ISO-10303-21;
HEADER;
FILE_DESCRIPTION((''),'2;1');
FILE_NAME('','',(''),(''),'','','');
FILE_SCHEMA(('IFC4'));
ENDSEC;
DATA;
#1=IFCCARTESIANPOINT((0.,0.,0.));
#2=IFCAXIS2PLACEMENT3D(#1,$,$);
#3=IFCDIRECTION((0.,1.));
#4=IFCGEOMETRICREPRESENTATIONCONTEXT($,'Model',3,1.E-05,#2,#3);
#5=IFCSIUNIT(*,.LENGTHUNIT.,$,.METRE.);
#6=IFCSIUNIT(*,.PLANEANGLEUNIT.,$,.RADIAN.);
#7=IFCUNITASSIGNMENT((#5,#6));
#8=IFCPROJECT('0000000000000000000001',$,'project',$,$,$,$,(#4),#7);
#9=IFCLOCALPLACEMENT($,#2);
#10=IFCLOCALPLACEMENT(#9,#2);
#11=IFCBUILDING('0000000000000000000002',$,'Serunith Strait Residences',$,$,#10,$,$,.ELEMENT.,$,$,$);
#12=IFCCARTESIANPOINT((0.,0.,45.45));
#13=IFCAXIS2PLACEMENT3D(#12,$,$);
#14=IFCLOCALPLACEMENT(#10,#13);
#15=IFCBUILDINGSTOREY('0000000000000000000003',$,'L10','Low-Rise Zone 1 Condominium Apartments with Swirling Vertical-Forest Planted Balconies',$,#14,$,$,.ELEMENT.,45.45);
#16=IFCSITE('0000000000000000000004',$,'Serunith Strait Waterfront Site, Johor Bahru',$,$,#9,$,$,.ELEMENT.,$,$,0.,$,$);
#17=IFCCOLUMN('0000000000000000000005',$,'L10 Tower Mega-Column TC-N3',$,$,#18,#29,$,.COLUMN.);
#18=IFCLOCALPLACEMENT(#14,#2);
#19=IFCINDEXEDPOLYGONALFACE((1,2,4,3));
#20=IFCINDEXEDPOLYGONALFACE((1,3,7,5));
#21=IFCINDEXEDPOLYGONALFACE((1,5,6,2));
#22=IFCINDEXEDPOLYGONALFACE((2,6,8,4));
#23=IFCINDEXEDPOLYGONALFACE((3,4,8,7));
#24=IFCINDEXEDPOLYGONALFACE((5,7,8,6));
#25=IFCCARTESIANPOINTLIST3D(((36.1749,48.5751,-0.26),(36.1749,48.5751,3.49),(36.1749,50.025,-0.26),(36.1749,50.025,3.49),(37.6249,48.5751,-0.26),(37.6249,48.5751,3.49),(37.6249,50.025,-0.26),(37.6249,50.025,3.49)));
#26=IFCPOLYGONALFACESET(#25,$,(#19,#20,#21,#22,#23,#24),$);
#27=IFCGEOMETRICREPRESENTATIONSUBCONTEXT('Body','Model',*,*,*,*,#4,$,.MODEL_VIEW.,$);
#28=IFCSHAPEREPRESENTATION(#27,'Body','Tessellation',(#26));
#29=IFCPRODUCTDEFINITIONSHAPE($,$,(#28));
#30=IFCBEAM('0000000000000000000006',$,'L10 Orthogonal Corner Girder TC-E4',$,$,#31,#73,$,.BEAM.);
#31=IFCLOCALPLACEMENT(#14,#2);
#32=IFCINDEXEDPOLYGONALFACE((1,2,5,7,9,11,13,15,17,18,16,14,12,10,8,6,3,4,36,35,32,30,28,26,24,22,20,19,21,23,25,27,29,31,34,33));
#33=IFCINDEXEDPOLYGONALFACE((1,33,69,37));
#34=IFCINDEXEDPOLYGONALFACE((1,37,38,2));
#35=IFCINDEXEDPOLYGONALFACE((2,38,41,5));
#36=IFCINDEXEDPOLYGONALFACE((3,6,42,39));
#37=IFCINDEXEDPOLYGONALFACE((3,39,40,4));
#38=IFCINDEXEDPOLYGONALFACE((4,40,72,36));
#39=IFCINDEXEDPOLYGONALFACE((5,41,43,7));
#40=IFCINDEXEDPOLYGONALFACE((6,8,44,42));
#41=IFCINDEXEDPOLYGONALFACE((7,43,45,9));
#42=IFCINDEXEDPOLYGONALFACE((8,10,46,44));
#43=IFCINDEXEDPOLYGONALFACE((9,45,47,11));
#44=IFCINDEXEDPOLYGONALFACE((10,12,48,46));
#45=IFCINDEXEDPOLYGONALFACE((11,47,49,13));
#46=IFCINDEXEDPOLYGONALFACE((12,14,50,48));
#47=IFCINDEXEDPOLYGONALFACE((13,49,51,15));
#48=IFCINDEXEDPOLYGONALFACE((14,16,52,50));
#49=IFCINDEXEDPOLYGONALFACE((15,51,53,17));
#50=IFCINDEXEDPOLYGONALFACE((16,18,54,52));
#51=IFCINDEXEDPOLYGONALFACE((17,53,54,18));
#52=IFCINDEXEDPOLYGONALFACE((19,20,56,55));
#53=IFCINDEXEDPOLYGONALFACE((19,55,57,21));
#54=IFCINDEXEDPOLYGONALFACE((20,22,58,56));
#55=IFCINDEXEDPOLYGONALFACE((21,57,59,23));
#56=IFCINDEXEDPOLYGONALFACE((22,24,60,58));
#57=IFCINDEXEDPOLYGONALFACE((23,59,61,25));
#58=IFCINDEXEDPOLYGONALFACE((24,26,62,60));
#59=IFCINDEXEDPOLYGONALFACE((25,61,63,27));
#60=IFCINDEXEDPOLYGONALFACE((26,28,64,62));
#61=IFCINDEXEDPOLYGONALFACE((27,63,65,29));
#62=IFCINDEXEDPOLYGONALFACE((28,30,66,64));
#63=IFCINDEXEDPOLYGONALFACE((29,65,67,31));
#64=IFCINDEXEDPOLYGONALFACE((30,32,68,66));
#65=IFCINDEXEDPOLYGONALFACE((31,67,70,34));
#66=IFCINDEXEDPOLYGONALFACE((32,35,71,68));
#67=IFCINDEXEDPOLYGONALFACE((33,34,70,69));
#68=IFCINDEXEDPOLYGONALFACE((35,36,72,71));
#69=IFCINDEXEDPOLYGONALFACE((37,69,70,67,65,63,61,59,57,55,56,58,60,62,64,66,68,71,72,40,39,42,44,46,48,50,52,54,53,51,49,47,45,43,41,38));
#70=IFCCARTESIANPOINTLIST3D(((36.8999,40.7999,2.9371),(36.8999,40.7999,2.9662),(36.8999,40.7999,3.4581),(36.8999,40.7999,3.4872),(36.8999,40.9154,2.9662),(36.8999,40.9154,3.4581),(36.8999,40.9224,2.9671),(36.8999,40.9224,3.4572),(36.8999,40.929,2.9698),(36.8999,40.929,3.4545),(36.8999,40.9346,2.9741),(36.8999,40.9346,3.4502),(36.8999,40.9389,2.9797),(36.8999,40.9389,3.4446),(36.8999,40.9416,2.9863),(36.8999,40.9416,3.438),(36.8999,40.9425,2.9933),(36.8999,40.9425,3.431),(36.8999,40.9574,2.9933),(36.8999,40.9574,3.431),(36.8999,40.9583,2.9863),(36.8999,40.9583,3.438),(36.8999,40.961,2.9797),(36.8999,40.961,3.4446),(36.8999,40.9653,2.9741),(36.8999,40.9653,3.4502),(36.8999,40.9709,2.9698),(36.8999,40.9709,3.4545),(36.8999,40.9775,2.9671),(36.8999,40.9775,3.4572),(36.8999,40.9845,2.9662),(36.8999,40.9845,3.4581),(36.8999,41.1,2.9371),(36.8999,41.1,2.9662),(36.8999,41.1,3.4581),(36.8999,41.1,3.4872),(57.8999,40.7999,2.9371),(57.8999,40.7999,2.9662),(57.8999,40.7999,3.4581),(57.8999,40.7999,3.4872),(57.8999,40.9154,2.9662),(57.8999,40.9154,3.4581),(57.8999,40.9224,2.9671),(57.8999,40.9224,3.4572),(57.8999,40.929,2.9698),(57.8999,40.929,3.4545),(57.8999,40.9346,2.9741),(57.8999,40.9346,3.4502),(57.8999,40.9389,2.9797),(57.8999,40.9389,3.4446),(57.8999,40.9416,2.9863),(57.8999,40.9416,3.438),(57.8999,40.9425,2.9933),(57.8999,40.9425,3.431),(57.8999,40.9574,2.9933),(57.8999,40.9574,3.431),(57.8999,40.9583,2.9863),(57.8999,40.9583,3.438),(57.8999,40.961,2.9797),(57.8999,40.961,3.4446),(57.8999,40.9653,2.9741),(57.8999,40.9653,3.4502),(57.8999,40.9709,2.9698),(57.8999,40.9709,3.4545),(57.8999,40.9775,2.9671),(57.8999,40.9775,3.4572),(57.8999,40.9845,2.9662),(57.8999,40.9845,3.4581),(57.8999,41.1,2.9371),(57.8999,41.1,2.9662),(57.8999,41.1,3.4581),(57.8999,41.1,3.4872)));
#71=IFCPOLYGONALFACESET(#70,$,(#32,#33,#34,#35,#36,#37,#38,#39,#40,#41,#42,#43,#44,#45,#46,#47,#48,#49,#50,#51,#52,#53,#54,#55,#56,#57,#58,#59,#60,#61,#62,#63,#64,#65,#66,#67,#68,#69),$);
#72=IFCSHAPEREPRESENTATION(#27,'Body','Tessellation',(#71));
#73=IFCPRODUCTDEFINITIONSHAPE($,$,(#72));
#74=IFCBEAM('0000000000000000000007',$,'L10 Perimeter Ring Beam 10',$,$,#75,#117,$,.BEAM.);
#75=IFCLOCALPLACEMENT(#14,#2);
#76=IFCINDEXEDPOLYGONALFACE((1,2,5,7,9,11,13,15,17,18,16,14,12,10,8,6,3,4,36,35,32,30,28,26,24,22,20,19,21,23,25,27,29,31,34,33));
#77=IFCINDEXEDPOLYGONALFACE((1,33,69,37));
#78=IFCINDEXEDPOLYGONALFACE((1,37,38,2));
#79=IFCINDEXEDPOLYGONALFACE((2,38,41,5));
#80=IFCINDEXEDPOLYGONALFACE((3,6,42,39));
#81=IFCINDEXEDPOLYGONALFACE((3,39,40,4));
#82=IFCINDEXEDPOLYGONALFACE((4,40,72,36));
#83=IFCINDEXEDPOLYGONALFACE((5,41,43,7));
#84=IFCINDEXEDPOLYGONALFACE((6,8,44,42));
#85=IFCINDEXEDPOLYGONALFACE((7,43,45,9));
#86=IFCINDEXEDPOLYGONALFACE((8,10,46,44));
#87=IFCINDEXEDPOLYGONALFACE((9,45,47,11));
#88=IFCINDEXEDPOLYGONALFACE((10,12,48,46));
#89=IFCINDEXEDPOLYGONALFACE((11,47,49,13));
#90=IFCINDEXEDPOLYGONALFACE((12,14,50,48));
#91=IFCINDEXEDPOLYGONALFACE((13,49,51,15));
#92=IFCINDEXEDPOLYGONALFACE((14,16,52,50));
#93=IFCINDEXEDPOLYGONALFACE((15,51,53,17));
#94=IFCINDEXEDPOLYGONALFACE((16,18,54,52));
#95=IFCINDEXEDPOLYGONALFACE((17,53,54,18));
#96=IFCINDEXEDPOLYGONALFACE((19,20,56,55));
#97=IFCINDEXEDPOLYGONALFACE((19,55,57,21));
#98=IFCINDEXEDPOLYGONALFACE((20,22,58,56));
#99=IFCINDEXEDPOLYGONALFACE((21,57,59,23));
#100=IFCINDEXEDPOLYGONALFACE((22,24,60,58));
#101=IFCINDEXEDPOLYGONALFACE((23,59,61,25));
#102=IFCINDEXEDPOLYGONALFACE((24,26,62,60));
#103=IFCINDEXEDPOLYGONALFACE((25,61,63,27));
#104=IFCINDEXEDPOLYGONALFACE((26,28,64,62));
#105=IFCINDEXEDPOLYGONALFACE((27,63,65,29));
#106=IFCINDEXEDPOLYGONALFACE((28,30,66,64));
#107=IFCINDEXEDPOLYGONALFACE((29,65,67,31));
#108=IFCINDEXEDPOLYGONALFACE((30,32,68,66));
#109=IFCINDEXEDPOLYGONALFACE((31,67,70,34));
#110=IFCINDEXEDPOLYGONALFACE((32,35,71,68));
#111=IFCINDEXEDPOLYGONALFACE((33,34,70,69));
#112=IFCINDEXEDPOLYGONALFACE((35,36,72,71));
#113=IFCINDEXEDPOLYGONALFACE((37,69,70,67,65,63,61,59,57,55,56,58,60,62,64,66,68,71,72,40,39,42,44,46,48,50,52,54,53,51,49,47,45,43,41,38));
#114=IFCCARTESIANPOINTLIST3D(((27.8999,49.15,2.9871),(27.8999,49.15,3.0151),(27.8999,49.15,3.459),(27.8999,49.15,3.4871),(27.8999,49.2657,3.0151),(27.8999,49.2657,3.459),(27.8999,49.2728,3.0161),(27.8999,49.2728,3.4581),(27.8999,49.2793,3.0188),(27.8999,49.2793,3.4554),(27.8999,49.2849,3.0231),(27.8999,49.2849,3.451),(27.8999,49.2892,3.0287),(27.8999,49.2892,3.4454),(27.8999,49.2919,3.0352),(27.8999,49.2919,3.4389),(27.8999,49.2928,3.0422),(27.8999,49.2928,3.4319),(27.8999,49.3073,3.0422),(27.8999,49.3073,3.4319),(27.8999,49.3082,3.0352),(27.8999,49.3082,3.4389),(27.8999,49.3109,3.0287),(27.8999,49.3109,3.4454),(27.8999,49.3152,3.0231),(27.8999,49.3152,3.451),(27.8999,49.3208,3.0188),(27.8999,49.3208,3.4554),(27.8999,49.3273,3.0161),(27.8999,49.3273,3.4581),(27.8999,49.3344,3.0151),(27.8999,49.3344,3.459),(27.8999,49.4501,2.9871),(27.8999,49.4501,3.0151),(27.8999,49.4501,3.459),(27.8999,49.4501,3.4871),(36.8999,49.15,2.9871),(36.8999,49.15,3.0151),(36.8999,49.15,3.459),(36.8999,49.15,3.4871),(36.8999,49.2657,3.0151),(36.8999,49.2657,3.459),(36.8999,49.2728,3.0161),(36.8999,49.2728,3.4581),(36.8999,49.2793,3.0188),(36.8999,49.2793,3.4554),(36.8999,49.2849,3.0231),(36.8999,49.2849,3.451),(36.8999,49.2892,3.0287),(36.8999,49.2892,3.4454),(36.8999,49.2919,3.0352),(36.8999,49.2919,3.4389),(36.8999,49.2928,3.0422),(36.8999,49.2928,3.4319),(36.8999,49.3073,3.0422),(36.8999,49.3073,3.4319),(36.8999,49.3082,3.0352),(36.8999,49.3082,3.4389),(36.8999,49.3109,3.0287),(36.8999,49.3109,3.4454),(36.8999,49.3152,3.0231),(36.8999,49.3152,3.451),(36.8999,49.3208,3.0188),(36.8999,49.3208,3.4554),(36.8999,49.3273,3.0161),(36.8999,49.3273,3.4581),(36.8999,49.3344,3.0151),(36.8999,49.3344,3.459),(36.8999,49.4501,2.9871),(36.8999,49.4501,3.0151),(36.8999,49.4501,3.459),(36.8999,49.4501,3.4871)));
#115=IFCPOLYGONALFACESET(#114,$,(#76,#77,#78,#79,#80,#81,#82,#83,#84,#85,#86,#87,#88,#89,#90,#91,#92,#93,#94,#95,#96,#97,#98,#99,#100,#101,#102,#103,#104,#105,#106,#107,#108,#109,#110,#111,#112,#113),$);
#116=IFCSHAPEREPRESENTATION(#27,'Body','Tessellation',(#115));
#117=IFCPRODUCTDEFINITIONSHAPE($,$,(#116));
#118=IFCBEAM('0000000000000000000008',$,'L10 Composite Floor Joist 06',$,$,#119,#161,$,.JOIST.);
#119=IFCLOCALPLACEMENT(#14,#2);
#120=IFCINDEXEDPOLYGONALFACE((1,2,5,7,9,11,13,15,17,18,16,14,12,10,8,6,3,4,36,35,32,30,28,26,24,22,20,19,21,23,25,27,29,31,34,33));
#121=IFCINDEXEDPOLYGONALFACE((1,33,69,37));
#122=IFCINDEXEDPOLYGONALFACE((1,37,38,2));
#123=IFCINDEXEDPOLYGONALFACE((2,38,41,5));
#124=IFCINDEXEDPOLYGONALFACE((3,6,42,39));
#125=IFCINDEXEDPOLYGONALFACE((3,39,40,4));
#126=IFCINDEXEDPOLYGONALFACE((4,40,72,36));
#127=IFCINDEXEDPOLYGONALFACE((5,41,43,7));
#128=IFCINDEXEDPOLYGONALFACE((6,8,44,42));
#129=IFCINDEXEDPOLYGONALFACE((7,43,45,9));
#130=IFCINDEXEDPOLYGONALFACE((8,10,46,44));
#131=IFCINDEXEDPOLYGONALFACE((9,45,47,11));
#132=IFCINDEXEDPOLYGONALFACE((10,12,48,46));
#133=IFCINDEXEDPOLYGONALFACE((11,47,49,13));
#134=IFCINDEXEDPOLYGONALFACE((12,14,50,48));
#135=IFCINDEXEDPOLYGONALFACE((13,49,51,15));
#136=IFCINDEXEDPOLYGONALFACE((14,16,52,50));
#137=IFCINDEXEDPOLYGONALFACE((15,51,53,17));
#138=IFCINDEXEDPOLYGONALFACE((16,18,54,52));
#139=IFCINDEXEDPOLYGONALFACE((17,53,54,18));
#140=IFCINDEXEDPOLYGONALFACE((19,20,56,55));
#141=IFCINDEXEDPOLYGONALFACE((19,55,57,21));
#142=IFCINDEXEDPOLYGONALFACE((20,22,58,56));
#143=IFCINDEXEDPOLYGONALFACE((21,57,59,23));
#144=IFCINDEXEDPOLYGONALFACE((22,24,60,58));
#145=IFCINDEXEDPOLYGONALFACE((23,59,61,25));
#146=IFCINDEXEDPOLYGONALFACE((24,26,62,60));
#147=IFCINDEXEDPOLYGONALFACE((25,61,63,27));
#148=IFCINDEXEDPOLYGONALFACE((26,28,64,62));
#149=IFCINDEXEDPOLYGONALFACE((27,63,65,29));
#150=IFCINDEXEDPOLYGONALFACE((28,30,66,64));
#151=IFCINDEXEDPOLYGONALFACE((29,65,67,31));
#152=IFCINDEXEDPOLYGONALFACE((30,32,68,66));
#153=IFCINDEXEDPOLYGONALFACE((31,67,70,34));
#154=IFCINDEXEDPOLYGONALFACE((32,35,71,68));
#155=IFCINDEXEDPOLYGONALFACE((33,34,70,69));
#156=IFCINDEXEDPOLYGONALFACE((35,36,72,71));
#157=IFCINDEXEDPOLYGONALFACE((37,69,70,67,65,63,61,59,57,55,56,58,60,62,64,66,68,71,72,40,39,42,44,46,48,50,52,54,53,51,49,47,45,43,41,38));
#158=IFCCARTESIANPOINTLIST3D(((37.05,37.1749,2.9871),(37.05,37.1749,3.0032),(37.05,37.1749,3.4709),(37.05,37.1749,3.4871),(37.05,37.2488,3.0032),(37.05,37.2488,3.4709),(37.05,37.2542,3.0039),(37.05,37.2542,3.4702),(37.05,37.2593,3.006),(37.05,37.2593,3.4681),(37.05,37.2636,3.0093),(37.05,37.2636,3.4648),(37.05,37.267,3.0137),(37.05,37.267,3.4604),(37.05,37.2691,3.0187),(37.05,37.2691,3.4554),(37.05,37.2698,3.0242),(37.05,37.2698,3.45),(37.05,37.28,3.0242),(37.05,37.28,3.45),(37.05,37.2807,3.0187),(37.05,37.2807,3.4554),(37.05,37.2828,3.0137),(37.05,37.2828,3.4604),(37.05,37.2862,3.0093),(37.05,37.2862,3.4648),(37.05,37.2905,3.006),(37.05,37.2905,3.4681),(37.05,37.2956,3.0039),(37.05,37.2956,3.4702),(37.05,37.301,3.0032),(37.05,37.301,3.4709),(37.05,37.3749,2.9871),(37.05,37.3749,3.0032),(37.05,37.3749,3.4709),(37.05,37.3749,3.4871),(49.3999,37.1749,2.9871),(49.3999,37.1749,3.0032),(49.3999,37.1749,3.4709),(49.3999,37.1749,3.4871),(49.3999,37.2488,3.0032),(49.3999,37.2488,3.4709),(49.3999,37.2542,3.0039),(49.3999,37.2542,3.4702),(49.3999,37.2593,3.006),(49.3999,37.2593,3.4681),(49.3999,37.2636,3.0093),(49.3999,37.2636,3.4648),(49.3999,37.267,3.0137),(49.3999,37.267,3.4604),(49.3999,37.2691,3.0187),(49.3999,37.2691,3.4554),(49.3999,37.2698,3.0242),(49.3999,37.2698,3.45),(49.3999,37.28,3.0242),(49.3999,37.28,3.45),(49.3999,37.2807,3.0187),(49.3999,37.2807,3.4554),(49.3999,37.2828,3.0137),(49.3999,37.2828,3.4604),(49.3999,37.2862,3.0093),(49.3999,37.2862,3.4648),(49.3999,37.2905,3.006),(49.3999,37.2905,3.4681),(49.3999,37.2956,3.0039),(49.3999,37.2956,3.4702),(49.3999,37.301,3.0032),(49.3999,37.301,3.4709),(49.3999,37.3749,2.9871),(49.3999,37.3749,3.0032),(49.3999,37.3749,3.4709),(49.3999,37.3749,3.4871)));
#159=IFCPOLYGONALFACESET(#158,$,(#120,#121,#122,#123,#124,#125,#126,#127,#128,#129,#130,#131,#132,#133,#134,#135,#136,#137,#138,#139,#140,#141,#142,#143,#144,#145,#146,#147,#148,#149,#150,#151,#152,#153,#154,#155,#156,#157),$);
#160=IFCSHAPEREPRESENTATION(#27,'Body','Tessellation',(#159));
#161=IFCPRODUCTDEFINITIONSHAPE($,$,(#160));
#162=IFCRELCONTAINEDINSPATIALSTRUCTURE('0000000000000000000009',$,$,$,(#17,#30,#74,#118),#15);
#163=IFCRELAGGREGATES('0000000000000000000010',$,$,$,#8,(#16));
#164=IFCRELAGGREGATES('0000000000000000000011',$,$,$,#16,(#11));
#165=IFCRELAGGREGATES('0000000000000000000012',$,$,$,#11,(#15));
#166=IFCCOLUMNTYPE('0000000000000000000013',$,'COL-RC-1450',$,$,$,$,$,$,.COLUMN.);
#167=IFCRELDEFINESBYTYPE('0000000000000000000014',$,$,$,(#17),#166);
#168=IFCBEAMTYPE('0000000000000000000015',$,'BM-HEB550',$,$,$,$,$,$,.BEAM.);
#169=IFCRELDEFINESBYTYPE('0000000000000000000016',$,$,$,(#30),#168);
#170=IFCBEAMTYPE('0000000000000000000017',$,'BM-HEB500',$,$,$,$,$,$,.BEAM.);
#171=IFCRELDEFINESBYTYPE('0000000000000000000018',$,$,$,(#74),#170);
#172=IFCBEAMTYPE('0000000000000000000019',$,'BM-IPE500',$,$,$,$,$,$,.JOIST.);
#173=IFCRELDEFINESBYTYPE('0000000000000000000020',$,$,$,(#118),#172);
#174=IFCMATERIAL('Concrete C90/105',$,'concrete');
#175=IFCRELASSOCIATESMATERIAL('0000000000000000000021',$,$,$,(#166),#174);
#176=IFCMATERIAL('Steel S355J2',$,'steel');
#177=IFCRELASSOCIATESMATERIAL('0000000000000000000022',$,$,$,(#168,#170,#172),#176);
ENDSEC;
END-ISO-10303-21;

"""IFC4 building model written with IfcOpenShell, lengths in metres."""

from ifc_helpers import new_model, si_unit, direction, frame, origin, origin_2d, place, context, subcontext, project, spatial, rectangle, i_section, extrude, source, transform, mapped, material, material_profile, profile_set, type_object, element, save


model = new_model("IFC4")

# Units and contexts
model_context = context("Model", 3, precision=1e-05, world=origin(), true_north=direction((0.0, 1.0)))
body_context = subcontext(model_context, "Body", "Model", "MODEL_VIEW")
ifc_project = project(units=[si_unit("LENGTHUNIT", "METRE"), si_unit("PLANEANGLEUNIT", "RADIAN")], contexts=[model_context])

# Site, building, storey
site_placement = place(None, origin())
site = spatial("IfcSite", under=ifc_project, at=site_placement, Name="Serunith Strait Waterfront Site, Johor Bahru", CompositionType="ELEMENT", RefElevation=0.0)
building_placement = place(site_placement, origin())
building = spatial("IfcBuilding", under=site, at=building_placement, Name="Serunith Strait Residences", CompositionType="ELEMENT")
storey_placement = place(building_placement, frame((0.0, 0.0, 45.45)))
storey = spatial("IfcBuildingStorey", under=building, at=storey_placement, Name="L10", Description="Low-Rise Zone 1 Condominium Apartments with Swirling Vertical-Forest Planted Balconies", CompositionType="ELEMENT", Elevation=45.45)

# Column
ifc_material_1 = material(Name="Concrete C90/105", Category="concrete")
ifc_material_profile_1 = material_profile(ifc_material_1, rectangle(XDim=1.45, YDim=1.45, at=origin_2d()), Name="RC 1450x1450")
ifc_profile_set_1 = profile_set([ifc_material_profile_1], Name="Concrete C90/105")
column_type = type_object("IfcColumnType", Name="COL-RC-1450", PredefinedType="COLUMN", material=ifc_profile_set_1)
shared_shape_1 = source(origin(), body_context, "Body", "SweptSolid", [
    extrude(rectangle(XDim=1.45, YDim=1.45, at=origin_2d()), origin(), (0.0, 0.0, 1.0), 3.75),
])
column_placement = place(storey_placement, frame((36.8999, 49.3, -0.26), z_axis=(0.0, 0.0, 1.0), x_axis=(1.0, 0.0, 0.0)))
element("IfcColumn", 1, at=column_placement, inside=storey, type_object=column_type, Name="L10 Tower Mega-Column TC-N3", PredefinedType="COLUMN", context=body_context, shape_type="MappedRepresentation", body=[
    mapped(shared_shape_1, transform((0.0, 0.0, 0.0), scale=1.0)),
])

# Beams
ifc_material_2 = material(Name="Steel S355J2", Category="steel")
ifc_material_profile_2 = material_profile(ifc_material_2, i_section(OverallWidth=0.3, OverallDepth=0.55, WebThickness=0.0149, FlangeThickness=0.0291, FilletRadius=0.0271, at=origin_2d()), Name="HEB 550")
ifc_profile_set_2 = profile_set([ifc_material_profile_2], Name="Steel S355J2")
beam_type_1 = type_object("IfcBeamType", Name="BM-HEB550", PredefinedType="BEAM", material=ifc_profile_set_2)
shared_shape_2 = source(origin(), body_context, "Body", "SweptSolid", [
    extrude(i_section(OverallWidth=0.3, OverallDepth=0.55, WebThickness=0.0149, FlangeThickness=0.0291, FilletRadius=0.0271, at=origin_2d()), origin(), (0.0, 0.0, 1.0), 21.0),
])
beam_1_placement = place(storey_placement, frame((36.8999, 40.95, 3.2122), z_axis=(1.0, 0.0, 0.0), x_axis=(0.0, 1.0, 0.0)))
element("IfcBeam", 2, at=beam_1_placement, inside=storey, type_object=beam_type_1, Name="L10 Orthogonal Corner Girder TC-E4", PredefinedType="BEAM", context=body_context, shape_type="MappedRepresentation", body=[
    mapped(shared_shape_2, transform((0.0, 0.0, 0.0), scale=1.0)),
])
ifc_material_profile_3 = material_profile(ifc_material_2, i_section(OverallWidth=0.3, OverallDepth=0.5, WebThickness=0.0144, FlangeThickness=0.0281, FilletRadius=0.0271, at=origin_2d()), Name="HEB 500")
ifc_profile_set_3 = profile_set([ifc_material_profile_3], Name="Steel S355J2")
beam_type_2 = type_object("IfcBeamType", Name="BM-HEB500", PredefinedType="BEAM", material=ifc_profile_set_3)
shared_shape_3 = source(origin(), body_context, "Body", "SweptSolid", [
    extrude(i_section(OverallWidth=0.3, OverallDepth=0.5, WebThickness=0.0144, FlangeThickness=0.0281, FilletRadius=0.0271, at=origin_2d()), origin(), (0.0, 0.0, 1.0), 9.0),
])
beam_2_placement = place(storey_placement, frame((36.8999, 49.3, 3.2371), z_axis=(-1.0, 0.0, 0.0), x_axis=(0.0, -1.0, 0.0)))
element("IfcBeam", 3, at=beam_2_placement, inside=storey, type_object=beam_type_2, Name="L10 Perimeter Ring Beam 10", PredefinedType="BEAM", context=body_context, shape_type="MappedRepresentation", body=[
    mapped(shared_shape_3, transform((0.0, 0.0, 0.0), scale=1.0)),
])
ifc_material_profile_4 = material_profile(ifc_material_2, i_section(OverallWidth=0.2, OverallDepth=0.5, WebThickness=0.0103, FlangeThickness=0.0161, FilletRadius=0.021, at=origin_2d()), Name="IPE 500")
ifc_profile_set_4 = profile_set([ifc_material_profile_4], Name="Steel S355J2")
beam_type_3 = type_object("IfcBeamType", Name="BM-IPE500", PredefinedType="JOIST", material=ifc_profile_set_4)
shared_shape_4 = source(origin(), body_context, "Body", "SweptSolid", [
    extrude(i_section(OverallWidth=0.2, OverallDepth=0.5, WebThickness=0.0103, FlangeThickness=0.0161, FilletRadius=0.021, at=origin_2d()), origin(), (0.0, 0.0, 1.0), 12.3499),
])
beam_3_placement = place(storey_placement, frame((37.05, 37.2749, 3.2371), z_axis=(1.0, 0.0, 0.0), x_axis=(0.0, 1.0, 0.0)))
element("IfcBeam", 4, at=beam_3_placement, inside=storey, type_object=beam_type_3, Name="L10 Composite Floor Joist 06", PredefinedType="JOIST", context=body_context, shape_type="MappedRepresentation", body=[
    mapped(shared_shape_4, transform((0.0, 0.0, 0.0), scale=1.0)),
])

save(model, "model.ifc")
